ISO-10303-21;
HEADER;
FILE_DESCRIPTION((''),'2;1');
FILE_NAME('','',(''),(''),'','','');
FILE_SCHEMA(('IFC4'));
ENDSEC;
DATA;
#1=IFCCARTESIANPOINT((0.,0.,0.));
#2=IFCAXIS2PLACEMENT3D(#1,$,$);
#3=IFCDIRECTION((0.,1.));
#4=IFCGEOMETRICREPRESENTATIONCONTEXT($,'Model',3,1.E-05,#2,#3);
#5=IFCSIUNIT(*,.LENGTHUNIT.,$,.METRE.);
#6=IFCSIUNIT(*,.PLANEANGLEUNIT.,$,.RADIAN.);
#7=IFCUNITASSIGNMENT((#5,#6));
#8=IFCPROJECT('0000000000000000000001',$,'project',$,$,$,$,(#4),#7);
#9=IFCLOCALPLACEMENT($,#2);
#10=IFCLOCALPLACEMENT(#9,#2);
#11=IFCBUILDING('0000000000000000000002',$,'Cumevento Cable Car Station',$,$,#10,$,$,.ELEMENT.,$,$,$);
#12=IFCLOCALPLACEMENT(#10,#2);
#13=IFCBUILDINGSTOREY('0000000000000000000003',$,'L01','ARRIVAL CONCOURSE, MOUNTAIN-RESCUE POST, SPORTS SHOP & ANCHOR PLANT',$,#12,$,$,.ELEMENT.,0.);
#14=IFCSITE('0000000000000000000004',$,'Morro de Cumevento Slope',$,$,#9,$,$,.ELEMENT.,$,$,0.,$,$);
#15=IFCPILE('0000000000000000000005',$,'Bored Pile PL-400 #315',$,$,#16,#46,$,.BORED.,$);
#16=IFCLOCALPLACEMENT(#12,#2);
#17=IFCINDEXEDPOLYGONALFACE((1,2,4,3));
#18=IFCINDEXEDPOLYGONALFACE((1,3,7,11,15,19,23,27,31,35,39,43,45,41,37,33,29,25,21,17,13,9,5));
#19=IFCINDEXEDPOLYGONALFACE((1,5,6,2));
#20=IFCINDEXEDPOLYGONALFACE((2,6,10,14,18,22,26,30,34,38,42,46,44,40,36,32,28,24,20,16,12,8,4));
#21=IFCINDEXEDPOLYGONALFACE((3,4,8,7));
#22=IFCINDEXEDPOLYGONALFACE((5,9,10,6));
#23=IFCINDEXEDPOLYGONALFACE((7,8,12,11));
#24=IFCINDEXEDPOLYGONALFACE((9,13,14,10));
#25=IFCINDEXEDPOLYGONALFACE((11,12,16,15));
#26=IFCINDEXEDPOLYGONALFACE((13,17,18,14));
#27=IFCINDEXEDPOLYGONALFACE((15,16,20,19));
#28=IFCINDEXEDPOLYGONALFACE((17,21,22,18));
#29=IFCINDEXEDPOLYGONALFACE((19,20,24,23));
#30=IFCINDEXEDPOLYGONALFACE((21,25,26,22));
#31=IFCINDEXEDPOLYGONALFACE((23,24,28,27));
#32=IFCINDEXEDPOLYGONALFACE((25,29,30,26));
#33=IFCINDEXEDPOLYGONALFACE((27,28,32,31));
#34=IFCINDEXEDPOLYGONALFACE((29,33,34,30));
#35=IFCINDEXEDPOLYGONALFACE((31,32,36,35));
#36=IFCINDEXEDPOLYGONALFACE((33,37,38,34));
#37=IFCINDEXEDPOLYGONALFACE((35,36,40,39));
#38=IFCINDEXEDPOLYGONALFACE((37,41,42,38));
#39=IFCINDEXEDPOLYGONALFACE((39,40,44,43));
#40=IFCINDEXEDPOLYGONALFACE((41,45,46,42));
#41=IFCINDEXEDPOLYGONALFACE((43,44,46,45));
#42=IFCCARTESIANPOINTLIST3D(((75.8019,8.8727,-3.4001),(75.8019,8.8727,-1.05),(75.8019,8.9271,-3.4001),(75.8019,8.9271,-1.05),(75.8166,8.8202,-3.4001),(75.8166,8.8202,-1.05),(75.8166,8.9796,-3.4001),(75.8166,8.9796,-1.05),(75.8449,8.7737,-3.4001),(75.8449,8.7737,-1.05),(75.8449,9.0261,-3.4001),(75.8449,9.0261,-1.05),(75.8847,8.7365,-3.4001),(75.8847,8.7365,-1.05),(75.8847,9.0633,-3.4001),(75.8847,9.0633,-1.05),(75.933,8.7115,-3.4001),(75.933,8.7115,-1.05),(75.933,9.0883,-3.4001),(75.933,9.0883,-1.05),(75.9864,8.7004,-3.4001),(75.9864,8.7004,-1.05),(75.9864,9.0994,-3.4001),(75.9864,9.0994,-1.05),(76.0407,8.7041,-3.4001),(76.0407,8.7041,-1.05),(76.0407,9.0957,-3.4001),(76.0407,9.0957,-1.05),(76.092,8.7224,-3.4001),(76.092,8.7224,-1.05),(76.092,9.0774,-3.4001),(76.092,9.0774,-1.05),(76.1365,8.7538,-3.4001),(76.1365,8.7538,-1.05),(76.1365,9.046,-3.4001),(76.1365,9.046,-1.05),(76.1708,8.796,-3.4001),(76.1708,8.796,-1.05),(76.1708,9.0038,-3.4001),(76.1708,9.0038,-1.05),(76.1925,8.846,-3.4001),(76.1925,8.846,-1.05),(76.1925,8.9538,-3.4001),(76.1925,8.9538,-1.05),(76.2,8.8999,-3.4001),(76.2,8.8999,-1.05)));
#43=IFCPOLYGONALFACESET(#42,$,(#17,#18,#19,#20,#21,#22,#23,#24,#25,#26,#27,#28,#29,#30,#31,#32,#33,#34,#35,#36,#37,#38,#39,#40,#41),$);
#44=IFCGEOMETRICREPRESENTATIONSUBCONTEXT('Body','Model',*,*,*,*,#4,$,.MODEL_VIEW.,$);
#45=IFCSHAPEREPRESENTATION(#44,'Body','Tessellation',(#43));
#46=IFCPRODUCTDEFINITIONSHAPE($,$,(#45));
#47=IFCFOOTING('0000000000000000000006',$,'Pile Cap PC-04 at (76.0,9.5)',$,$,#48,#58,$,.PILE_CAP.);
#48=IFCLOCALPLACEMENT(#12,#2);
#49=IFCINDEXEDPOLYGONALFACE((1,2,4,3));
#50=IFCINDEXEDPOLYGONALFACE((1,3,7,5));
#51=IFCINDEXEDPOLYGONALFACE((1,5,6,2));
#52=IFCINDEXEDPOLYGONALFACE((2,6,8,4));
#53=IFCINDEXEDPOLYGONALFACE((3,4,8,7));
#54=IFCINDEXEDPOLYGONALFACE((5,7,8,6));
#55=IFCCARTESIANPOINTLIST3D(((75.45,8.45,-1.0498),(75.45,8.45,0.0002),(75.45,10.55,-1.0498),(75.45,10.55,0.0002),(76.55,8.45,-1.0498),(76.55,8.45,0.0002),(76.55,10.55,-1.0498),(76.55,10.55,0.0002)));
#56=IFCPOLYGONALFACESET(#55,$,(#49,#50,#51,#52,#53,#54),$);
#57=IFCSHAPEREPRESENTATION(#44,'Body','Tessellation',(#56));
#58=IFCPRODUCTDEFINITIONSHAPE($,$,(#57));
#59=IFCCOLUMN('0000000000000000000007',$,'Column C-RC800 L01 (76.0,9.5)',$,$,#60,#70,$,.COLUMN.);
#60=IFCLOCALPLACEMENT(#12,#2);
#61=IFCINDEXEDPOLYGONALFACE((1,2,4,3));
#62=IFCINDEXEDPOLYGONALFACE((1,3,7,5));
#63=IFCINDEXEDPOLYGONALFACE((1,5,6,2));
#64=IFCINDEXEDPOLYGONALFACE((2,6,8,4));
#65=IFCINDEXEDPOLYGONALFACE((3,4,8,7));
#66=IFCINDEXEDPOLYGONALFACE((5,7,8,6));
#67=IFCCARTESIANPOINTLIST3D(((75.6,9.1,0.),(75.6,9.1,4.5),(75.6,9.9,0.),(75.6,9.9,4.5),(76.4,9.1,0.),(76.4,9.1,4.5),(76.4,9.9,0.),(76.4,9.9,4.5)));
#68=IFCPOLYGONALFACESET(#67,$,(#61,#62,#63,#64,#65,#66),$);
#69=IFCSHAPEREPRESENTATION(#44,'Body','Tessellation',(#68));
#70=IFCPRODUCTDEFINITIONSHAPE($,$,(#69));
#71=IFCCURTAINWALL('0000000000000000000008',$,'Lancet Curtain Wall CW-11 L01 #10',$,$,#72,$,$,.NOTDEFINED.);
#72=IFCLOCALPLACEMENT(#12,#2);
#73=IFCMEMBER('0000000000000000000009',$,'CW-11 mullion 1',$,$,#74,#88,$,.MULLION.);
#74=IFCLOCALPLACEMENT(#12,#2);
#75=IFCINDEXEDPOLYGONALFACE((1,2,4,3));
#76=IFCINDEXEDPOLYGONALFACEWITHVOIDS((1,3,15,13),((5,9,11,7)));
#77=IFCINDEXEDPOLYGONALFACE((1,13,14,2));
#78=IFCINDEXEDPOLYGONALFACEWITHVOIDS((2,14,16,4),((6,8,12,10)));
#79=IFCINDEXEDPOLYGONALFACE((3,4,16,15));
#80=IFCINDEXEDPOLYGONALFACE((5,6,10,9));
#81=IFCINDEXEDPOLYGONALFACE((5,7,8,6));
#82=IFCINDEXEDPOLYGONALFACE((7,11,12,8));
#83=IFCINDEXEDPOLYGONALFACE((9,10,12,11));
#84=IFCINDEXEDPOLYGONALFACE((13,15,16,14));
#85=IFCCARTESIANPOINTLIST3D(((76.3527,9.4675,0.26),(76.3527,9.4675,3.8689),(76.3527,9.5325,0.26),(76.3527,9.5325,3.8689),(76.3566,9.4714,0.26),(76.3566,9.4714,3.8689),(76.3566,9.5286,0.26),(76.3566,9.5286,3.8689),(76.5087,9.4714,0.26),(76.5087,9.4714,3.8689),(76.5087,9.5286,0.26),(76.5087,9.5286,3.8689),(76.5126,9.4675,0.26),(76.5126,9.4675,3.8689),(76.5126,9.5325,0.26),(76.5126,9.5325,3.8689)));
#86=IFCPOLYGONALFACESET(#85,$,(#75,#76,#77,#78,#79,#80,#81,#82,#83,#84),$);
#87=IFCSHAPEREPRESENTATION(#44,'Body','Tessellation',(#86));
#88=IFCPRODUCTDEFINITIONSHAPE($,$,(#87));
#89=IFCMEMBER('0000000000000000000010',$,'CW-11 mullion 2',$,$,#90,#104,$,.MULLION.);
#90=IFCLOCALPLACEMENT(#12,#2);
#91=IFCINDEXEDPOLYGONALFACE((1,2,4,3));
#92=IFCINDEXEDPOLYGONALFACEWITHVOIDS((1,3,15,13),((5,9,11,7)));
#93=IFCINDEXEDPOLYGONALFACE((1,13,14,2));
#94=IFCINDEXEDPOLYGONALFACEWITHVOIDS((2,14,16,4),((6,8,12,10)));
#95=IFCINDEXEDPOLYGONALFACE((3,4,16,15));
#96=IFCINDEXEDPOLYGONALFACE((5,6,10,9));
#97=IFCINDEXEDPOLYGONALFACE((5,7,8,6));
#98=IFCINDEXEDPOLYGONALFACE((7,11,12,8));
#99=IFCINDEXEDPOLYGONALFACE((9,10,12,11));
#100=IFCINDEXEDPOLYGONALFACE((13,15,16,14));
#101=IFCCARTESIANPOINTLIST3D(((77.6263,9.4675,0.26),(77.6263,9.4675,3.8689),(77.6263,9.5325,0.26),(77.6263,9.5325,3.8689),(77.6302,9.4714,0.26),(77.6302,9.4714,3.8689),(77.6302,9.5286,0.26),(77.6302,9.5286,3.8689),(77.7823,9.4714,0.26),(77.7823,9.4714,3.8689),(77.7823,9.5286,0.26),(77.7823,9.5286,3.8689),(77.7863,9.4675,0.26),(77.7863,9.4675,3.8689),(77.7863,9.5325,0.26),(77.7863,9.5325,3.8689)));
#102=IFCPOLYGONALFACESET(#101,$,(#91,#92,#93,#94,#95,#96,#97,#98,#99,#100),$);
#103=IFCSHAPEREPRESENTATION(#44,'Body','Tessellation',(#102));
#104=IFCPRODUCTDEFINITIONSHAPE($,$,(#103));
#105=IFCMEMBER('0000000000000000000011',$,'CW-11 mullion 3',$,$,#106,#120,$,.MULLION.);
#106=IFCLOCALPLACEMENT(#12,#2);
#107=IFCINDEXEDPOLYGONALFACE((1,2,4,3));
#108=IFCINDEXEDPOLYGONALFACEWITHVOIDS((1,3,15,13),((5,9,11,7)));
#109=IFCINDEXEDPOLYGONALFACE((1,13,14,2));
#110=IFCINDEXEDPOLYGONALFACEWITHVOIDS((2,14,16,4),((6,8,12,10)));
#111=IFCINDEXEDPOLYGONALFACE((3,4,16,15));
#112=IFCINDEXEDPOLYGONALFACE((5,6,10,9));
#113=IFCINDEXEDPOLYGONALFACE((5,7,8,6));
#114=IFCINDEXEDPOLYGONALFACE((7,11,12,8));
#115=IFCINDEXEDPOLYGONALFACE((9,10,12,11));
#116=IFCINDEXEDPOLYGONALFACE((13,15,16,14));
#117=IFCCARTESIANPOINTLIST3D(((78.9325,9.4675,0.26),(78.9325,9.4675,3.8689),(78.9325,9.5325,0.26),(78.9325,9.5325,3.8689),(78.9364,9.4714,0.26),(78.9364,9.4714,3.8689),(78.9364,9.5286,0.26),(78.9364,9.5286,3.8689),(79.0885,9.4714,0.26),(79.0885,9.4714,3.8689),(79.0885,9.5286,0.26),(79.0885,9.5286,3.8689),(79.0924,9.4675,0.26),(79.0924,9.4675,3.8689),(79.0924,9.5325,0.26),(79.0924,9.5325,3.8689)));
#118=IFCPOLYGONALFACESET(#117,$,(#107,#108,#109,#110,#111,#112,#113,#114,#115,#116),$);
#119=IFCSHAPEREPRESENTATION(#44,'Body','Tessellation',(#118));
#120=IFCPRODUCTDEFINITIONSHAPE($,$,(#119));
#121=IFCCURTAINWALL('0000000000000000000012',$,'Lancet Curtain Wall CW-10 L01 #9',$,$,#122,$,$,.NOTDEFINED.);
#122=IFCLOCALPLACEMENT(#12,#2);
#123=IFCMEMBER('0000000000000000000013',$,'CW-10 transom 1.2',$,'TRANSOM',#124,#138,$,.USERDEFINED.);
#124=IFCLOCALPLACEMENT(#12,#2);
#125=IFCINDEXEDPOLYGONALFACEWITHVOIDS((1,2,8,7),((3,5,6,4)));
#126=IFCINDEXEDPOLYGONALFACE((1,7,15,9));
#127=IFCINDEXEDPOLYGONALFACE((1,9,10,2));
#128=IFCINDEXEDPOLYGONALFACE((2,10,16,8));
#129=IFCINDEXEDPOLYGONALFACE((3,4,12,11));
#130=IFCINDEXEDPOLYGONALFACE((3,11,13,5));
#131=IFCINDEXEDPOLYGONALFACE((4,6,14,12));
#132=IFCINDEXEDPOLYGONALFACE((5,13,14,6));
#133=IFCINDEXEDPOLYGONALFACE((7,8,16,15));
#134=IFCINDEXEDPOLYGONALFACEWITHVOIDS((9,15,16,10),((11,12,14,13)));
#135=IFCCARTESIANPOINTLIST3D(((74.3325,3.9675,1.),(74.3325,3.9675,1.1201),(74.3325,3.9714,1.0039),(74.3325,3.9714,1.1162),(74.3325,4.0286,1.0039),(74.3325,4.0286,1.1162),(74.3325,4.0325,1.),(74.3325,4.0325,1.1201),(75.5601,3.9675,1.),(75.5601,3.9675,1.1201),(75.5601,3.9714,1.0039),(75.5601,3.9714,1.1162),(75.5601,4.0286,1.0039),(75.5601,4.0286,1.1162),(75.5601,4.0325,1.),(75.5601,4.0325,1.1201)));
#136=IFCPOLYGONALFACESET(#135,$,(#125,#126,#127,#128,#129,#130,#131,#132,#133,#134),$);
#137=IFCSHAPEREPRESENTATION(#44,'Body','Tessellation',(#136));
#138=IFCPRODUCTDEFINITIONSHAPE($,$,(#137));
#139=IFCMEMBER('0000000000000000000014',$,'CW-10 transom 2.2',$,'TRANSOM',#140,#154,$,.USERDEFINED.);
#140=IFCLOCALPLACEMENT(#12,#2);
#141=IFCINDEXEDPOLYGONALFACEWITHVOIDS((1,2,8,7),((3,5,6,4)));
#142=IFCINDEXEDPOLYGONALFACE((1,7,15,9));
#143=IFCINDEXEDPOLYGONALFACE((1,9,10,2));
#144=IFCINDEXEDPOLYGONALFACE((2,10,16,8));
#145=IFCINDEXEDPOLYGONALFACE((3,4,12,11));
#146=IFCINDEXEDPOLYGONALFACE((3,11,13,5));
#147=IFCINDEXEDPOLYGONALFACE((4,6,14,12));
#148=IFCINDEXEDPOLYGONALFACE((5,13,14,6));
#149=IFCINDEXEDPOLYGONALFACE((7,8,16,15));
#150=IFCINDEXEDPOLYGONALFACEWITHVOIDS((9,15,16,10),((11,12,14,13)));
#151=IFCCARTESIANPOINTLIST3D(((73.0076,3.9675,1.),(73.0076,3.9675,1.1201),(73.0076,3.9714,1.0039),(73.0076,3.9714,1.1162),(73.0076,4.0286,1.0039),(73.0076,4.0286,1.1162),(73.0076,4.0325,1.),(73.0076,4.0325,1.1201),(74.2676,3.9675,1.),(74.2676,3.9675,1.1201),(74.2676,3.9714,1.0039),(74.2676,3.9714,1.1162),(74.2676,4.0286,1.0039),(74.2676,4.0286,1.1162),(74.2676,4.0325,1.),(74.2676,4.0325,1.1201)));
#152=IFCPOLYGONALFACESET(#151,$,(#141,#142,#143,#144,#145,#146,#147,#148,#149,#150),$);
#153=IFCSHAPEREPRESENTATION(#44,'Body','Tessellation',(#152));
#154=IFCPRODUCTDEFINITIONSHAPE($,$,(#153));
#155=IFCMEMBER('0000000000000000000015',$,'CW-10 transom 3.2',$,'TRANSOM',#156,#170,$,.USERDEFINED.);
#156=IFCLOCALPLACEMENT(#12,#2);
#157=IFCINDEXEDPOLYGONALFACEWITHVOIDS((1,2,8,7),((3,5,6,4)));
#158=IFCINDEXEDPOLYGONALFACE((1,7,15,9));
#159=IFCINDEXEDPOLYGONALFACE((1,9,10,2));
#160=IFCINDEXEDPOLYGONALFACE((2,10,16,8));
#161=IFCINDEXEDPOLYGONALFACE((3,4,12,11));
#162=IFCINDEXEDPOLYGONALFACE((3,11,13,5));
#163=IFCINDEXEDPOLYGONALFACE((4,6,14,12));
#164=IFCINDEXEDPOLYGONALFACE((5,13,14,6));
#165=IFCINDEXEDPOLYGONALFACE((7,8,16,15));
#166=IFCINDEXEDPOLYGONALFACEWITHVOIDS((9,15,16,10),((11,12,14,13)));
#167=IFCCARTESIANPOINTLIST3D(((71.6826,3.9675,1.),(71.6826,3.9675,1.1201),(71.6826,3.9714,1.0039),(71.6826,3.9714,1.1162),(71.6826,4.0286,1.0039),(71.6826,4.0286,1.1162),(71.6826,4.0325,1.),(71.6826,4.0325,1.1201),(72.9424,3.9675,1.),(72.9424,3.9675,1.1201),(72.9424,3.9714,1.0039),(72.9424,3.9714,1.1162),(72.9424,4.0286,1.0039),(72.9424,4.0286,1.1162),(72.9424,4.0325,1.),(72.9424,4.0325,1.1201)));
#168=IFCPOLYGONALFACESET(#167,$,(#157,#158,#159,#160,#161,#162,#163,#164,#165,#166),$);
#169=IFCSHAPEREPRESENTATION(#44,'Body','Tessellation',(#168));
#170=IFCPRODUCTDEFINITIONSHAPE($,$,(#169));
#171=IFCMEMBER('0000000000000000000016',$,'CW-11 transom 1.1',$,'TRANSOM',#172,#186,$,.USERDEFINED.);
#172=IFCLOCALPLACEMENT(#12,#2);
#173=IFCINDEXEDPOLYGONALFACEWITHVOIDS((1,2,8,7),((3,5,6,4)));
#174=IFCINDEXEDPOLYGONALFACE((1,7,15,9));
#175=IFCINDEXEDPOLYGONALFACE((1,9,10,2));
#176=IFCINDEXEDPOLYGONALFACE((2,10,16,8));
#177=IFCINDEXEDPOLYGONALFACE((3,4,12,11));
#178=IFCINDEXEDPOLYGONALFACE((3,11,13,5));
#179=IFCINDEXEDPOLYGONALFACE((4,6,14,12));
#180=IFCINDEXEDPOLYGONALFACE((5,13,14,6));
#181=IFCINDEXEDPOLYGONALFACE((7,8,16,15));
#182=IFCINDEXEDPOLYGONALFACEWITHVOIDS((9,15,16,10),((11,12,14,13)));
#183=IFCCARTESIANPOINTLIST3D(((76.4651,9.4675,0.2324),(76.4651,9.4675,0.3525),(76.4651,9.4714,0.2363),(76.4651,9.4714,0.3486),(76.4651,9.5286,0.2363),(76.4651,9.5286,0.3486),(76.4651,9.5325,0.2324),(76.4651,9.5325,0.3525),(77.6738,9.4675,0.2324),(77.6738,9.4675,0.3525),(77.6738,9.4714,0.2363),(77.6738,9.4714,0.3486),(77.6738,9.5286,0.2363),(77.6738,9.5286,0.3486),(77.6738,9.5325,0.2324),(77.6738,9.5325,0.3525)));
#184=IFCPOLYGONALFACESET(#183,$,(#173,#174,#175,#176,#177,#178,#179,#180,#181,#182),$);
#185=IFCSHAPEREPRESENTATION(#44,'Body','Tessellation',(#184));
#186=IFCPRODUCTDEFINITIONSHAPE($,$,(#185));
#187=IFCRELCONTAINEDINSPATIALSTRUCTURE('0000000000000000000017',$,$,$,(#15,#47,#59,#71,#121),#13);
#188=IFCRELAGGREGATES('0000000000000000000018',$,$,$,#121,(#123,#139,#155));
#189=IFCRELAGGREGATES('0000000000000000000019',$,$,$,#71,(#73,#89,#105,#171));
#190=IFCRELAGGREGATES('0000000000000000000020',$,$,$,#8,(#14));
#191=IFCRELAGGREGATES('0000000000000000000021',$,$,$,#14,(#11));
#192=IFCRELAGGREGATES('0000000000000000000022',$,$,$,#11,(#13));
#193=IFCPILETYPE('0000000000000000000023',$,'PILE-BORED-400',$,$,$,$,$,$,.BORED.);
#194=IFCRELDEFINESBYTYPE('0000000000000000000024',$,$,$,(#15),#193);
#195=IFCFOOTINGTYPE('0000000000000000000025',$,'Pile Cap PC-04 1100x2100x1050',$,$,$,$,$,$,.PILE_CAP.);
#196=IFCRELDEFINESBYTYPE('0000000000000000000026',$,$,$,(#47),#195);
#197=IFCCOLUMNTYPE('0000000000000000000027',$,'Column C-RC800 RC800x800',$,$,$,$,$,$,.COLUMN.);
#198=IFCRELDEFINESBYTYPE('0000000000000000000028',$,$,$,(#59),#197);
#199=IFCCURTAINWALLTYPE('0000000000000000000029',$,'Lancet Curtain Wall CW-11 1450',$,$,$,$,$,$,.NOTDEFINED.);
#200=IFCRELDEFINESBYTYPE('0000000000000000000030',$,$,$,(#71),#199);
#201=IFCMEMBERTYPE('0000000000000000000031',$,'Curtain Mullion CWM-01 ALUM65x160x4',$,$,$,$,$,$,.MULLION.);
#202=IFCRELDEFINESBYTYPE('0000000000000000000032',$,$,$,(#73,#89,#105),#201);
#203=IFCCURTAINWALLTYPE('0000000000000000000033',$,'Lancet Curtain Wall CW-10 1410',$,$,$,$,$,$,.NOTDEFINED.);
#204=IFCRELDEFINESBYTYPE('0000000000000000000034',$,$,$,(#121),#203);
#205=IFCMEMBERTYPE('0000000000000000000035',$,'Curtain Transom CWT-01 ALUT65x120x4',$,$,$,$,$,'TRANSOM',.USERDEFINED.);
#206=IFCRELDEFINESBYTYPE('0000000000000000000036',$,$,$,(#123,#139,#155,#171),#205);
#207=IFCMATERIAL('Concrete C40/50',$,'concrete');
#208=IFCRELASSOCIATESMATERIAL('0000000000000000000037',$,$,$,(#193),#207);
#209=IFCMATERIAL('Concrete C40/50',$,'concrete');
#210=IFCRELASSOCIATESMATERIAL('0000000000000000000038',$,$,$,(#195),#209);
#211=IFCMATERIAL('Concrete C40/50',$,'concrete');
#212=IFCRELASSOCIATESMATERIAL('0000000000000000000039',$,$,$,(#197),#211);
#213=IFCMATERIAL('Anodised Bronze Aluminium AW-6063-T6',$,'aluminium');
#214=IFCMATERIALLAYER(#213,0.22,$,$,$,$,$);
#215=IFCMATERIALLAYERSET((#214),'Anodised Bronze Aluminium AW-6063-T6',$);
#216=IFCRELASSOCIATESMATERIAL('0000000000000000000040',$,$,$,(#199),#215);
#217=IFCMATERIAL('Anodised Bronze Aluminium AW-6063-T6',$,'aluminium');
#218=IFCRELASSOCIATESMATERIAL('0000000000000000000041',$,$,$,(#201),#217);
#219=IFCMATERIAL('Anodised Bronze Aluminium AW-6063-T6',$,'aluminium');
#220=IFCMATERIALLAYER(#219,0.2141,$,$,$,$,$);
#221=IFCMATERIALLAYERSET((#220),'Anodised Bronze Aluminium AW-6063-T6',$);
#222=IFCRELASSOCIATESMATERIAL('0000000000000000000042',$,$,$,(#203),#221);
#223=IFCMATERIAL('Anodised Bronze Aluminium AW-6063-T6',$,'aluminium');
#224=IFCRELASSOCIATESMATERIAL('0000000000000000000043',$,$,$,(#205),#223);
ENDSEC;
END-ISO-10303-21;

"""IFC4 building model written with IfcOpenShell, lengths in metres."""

from ifc_helpers import new_model, si_unit, direction, frame, origin, origin_2d, place, context, subcontext, project, spatial, rectangle, hollow_rectangle, circle, extrude, material, layer, layer_set, material_profile, profile_set, type_object, element, aggregate, save


model = new_model("IFC4")

# Units and contexts
model_context = context("Model", 3, precision=1e-05, world=origin(), true_north=direction((0.0, 1.0)))
body_context = subcontext(model_context, "Body", "Model", "MODEL_VIEW")
ifc_project = project(units=[si_unit("LENGTHUNIT", "METRE"), si_unit("PLANEANGLEUNIT", "RADIAN")], contexts=[model_context])

# Site, building, storey
site_placement = place(None, origin())
site = spatial("IfcSite", under=ifc_project, at=site_placement, Name="Morro de Cumevento Slope", CompositionType="ELEMENT", RefElevation=0.0)
building_placement = place(site_placement, origin())
building = spatial("IfcBuilding", under=site, at=building_placement, Name="Cumevento Cable Car Station", CompositionType="ELEMENT")
storey_placement = place(building_placement, origin())
storey = spatial("IfcBuildingStorey", under=building, at=storey_placement, Name="L01", Description="ARRIVAL CONCOURSE, MOUNTAIN-RESCUE POST, SPORTS SHOP & ANCHOR PLANT", CompositionType="ELEMENT", Elevation=0.0)

# Pile
ifc_material_1 = material(Name="Concrete C40/50", Category="concrete")
ifc_material_profile_1 = material_profile(ifc_material_1, circle(Radius=0.2, at=origin_2d()), Name="PILE-D400")
ifc_profile_set_1 = profile_set([ifc_material_profile_1], Name="Concrete C40/50")
pile_type = type_object("IfcPileType", Name="PILE-BORED-400", PredefinedType="BORED", material=ifc_profile_set_1)
pile_placement = place(storey_placement, frame((76.0, 8.8999, -1.05), z_axis=(0.0, 0.0, -1.0), x_axis=(1.0, 0.0, 0.0)))
element("IfcPile", 1, at=pile_placement, inside=storey, type_object=pile_type, Name="Bored Pile PL-400 #315", PredefinedType="BORED", context=body_context, shape_type="SweptSolid", body=[
    extrude(circle(Radius=0.2, at=origin_2d()), origin(), (0.0, 0.0, 1.0), 2.3501),
])

# Footing
ifc_material_2 = material(Name="Concrete C40/50", Category="concrete")
footing_type = type_object("IfcFootingType", Name="Pile Cap PC-04 1100x2100x1050", PredefinedType="PILE_CAP", material=ifc_material_2)
footing_placement = place(storey_placement, frame((76.0, 9.5, -1.0498), z_axis=(0.0, 0.0, 1.0), x_axis=(1.0, 0.0, 0.0)))
element("IfcFooting", 2, at=footing_placement, inside=storey, type_object=footing_type, Name="Pile Cap PC-04 at (76.0,9.5)", PredefinedType="PILE_CAP", context=body_context, shape_type="SweptSolid", body=[
    extrude(rectangle(XDim=1.1001, YDim=2.1001, at=origin_2d()), origin(), (0.0, 0.0, 1.0), 1.05),
])

# Column
ifc_material_3 = material(Name="Concrete C40/50", Category="concrete")
ifc_material_profile_2 = material_profile(ifc_material_3, rectangle(XDim=0.8, YDim=0.8, at=origin_2d()), Name="RC800x800")
ifc_profile_set_2 = profile_set([ifc_material_profile_2], Name="Concrete C40/50")
column_type = type_object("IfcColumnType", Name="Column C-RC800 RC800x800", PredefinedType="COLUMN", material=ifc_profile_set_2)
column_placement = place(storey_placement, frame((76.0, 9.5, 0.0), z_axis=(0.0, 0.0, 1.0), x_axis=(1.0, 0.0, 0.0)))
element("IfcColumn", 3, at=column_placement, inside=storey, type_object=column_type, Name="Column C-RC800 L01 (76.0,9.5)", PredefinedType="COLUMN", context=body_context, shape_type="SweptSolid", body=[
    extrude(rectangle(XDim=0.8, YDim=0.8, at=origin_2d()), origin(), (0.0, 0.0, 1.0), 4.5),
])

# Curtain walls, members
ifc_material_4 = material(Name="Anodised Bronze Aluminium AW-6063-T6", Category="aluminium")
ifc_layer_1 = layer(ifc_material_4, 0.22)
ifc_layer_set_1 = layer_set([ifc_layer_1], Name="Anodised Bronze Aluminium AW-6063-T6")
curtain_wall_type_1 = type_object("IfcCurtainWallType", Name="Lancet Curtain Wall CW-11 1450", PredefinedType="NOTDEFINED", material=ifc_layer_set_1)
curtain_wall_1_placement = place(storey_placement, origin())
curtain_wall_1 = element("IfcCurtainWall", 4, at=curtain_wall_1_placement, inside=storey, type_object=curtain_wall_type_1, Name="Lancet Curtain Wall CW-11 L01 #10", PredefinedType="NOTDEFINED")
ifc_material_5 = material(Name="Anodised Bronze Aluminium AW-6063-T6", Category="aluminium")
ifc_material_profile_3 = material_profile(ifc_material_5, hollow_rectangle(XDim=0.0649, YDim=0.1599, WallThickness=0.0039, at=origin_2d()), Name="ALUM65x160x4")
ifc_profile_set_3 = profile_set([ifc_material_profile_3], Name="Anodised Bronze Aluminium AW-6063-T6")
member_type_1 = type_object("IfcMemberType", Name="Curtain Mullion CWM-01 ALUM65x160x4", PredefinedType="MULLION", material=ifc_profile_set_3)
member_1_placement = place(storey_placement, frame((76.4326, 9.5, 0.26), z_axis=(0.0, 0.0, 1.0), x_axis=(0.0, 1.0, 0.0)))
member_1 = element("IfcMember", 5, at=member_1_placement, type_object=member_type_1, Name="CW-11 mullion 1", PredefinedType="MULLION", context=body_context, shape_type="SweptSolid", body=[
    extrude(hollow_rectangle(XDim=0.0649, YDim=0.1599, WallThickness=0.0039, at=origin_2d()), origin(), (0.0, 0.0, 1.0), 3.6089),
])
member_2_placement = place(storey_placement, frame((77.7063, 9.5, 0.26), z_axis=(0.0, 0.0, 1.0), x_axis=(0.0, 1.0, 0.0)))
member_2 = element("IfcMember", 6, at=member_2_placement, type_object=member_type_1, Name="CW-11 mullion 2", PredefinedType="MULLION", context=body_context, shape_type="SweptSolid", body=[
    extrude(hollow_rectangle(XDim=0.0649, YDim=0.1599, WallThickness=0.0039, at=origin_2d()), origin(), (0.0, 0.0, 1.0), 3.6089),
])
member_3_placement = place(storey_placement, frame((79.0125, 9.5, 0.26), z_axis=(0.0, 0.0, 1.0), x_axis=(0.0, 1.0, 0.0)))
member_3 = element("IfcMember", 7, at=member_3_placement, type_object=member_type_1, Name="CW-11 mullion 3", PredefinedType="MULLION", context=body_context, shape_type="SweptSolid", body=[
    extrude(hollow_rectangle(XDim=0.0649, YDim=0.1599, WallThickness=0.0039, at=origin_2d()), origin(), (0.0, 0.0, 1.0), 3.6089),
])
ifc_material_6 = material(Name="Anodised Bronze Aluminium AW-6063-T6", Category="aluminium")
ifc_layer_2 = layer(ifc_material_6, 0.2141)
ifc_layer_set_2 = layer_set([ifc_layer_2], Name="Anodised Bronze Aluminium AW-6063-T6")
curtain_wall_type_2 = type_object("IfcCurtainWallType", Name="Lancet Curtain Wall CW-10 1410", PredefinedType="NOTDEFINED", material=ifc_layer_set_2)
curtain_wall_2_placement = place(storey_placement, origin())
curtain_wall_2 = element("IfcCurtainWall", 8, at=curtain_wall_2_placement, inside=storey, type_object=curtain_wall_type_2, Name="Lancet Curtain Wall CW-10 L01 #9", PredefinedType="NOTDEFINED")
ifc_material_7 = material(Name="Anodised Bronze Aluminium AW-6063-T6", Category="aluminium")
ifc_material_profile_4 = material_profile(ifc_material_7, hollow_rectangle(XDim=0.0649, YDim=0.1201, WallThickness=0.0039, at=origin_2d()), Name="ALUT65x120x4")
ifc_profile_set_4 = profile_set([ifc_material_profile_4], Name="Anodised Bronze Aluminium AW-6063-T6")
member_type_2 = type_object("IfcMemberType", Name="Curtain Transom CWT-01 ALUT65x120x4", ElementType="TRANSOM", PredefinedType="USERDEFINED", material=ifc_profile_set_4)
member_4_placement = place(storey_placement, frame((75.5601, 4.0, 1.0601), z_axis=(-1.0, 0.0, 0.0), x_axis=(0.0, -1.0, 0.0)))
member_4 = element("IfcMember", 9, at=member_4_placement, type_object=member_type_2, Name="CW-10 transom 1.2", ObjectType="TRANSOM", PredefinedType="USERDEFINED", context=body_context, shape_type="SweptSolid", body=[
    extrude(hollow_rectangle(XDim=0.0649, YDim=0.1201, WallThickness=0.0039, at=origin_2d()), origin(), (0.0, 0.0, 1.0), 1.2275),
])
member_5_placement = place(storey_placement, frame((74.2676, 4.0, 1.0601), z_axis=(-1.0, 0.0, 0.0), x_axis=(0.0, -1.0, 0.0)))
member_5 = element("IfcMember", 10, at=member_5_placement, type_object=member_type_2, Name="CW-10 transom 2.2", ObjectType="TRANSOM", PredefinedType="USERDEFINED", context=body_context, shape_type="SweptSolid", body=[
    extrude(hollow_rectangle(XDim=0.0649, YDim=0.1201, WallThickness=0.0039, at=origin_2d()), origin(), (0.0, 0.0, 1.0), 1.26),
])
member_6_placement = place(storey_placement, frame((72.9424, 4.0, 1.0601), z_axis=(-1.0, 0.0, 0.0), x_axis=(0.0, -1.0, 0.0)))
member_6 = element("IfcMember", 11, at=member_6_placement, type_object=member_type_2, Name="CW-10 transom 3.2", ObjectType="TRANSOM", PredefinedType="USERDEFINED", context=body_context, shape_type="SweptSolid", body=[
    extrude(hollow_rectangle(XDim=0.0649, YDim=0.1201, WallThickness=0.0039, at=origin_2d()), origin(), (0.0, 0.0, 1.0), 1.2598),
])

# Member
member_7_placement = place(storey_placement, frame((76.4651, 9.5, 0.2925), z_axis=(1.0, 0.0, 0.0), x_axis=(0.0, 1.0, 0.0)))
member_7 = element("IfcMember", 12, at=member_7_placement, type_object=member_type_2, Name="CW-11 transom 1.1", ObjectType="TRANSOM", PredefinedType="USERDEFINED", context=body_context, shape_type="SweptSolid", body=[
    extrude(hollow_rectangle(XDim=0.0649, YDim=0.1201, WallThickness=0.0039, at=origin_2d()), origin(), (0.0, 0.0, 1.0), 1.2087),
])

aggregate(curtain_wall_2, [member_4, member_5, member_6])
aggregate(curtain_wall_1, [member_1, member_2, member_3, member_7])

save(model, "model.ifc")
